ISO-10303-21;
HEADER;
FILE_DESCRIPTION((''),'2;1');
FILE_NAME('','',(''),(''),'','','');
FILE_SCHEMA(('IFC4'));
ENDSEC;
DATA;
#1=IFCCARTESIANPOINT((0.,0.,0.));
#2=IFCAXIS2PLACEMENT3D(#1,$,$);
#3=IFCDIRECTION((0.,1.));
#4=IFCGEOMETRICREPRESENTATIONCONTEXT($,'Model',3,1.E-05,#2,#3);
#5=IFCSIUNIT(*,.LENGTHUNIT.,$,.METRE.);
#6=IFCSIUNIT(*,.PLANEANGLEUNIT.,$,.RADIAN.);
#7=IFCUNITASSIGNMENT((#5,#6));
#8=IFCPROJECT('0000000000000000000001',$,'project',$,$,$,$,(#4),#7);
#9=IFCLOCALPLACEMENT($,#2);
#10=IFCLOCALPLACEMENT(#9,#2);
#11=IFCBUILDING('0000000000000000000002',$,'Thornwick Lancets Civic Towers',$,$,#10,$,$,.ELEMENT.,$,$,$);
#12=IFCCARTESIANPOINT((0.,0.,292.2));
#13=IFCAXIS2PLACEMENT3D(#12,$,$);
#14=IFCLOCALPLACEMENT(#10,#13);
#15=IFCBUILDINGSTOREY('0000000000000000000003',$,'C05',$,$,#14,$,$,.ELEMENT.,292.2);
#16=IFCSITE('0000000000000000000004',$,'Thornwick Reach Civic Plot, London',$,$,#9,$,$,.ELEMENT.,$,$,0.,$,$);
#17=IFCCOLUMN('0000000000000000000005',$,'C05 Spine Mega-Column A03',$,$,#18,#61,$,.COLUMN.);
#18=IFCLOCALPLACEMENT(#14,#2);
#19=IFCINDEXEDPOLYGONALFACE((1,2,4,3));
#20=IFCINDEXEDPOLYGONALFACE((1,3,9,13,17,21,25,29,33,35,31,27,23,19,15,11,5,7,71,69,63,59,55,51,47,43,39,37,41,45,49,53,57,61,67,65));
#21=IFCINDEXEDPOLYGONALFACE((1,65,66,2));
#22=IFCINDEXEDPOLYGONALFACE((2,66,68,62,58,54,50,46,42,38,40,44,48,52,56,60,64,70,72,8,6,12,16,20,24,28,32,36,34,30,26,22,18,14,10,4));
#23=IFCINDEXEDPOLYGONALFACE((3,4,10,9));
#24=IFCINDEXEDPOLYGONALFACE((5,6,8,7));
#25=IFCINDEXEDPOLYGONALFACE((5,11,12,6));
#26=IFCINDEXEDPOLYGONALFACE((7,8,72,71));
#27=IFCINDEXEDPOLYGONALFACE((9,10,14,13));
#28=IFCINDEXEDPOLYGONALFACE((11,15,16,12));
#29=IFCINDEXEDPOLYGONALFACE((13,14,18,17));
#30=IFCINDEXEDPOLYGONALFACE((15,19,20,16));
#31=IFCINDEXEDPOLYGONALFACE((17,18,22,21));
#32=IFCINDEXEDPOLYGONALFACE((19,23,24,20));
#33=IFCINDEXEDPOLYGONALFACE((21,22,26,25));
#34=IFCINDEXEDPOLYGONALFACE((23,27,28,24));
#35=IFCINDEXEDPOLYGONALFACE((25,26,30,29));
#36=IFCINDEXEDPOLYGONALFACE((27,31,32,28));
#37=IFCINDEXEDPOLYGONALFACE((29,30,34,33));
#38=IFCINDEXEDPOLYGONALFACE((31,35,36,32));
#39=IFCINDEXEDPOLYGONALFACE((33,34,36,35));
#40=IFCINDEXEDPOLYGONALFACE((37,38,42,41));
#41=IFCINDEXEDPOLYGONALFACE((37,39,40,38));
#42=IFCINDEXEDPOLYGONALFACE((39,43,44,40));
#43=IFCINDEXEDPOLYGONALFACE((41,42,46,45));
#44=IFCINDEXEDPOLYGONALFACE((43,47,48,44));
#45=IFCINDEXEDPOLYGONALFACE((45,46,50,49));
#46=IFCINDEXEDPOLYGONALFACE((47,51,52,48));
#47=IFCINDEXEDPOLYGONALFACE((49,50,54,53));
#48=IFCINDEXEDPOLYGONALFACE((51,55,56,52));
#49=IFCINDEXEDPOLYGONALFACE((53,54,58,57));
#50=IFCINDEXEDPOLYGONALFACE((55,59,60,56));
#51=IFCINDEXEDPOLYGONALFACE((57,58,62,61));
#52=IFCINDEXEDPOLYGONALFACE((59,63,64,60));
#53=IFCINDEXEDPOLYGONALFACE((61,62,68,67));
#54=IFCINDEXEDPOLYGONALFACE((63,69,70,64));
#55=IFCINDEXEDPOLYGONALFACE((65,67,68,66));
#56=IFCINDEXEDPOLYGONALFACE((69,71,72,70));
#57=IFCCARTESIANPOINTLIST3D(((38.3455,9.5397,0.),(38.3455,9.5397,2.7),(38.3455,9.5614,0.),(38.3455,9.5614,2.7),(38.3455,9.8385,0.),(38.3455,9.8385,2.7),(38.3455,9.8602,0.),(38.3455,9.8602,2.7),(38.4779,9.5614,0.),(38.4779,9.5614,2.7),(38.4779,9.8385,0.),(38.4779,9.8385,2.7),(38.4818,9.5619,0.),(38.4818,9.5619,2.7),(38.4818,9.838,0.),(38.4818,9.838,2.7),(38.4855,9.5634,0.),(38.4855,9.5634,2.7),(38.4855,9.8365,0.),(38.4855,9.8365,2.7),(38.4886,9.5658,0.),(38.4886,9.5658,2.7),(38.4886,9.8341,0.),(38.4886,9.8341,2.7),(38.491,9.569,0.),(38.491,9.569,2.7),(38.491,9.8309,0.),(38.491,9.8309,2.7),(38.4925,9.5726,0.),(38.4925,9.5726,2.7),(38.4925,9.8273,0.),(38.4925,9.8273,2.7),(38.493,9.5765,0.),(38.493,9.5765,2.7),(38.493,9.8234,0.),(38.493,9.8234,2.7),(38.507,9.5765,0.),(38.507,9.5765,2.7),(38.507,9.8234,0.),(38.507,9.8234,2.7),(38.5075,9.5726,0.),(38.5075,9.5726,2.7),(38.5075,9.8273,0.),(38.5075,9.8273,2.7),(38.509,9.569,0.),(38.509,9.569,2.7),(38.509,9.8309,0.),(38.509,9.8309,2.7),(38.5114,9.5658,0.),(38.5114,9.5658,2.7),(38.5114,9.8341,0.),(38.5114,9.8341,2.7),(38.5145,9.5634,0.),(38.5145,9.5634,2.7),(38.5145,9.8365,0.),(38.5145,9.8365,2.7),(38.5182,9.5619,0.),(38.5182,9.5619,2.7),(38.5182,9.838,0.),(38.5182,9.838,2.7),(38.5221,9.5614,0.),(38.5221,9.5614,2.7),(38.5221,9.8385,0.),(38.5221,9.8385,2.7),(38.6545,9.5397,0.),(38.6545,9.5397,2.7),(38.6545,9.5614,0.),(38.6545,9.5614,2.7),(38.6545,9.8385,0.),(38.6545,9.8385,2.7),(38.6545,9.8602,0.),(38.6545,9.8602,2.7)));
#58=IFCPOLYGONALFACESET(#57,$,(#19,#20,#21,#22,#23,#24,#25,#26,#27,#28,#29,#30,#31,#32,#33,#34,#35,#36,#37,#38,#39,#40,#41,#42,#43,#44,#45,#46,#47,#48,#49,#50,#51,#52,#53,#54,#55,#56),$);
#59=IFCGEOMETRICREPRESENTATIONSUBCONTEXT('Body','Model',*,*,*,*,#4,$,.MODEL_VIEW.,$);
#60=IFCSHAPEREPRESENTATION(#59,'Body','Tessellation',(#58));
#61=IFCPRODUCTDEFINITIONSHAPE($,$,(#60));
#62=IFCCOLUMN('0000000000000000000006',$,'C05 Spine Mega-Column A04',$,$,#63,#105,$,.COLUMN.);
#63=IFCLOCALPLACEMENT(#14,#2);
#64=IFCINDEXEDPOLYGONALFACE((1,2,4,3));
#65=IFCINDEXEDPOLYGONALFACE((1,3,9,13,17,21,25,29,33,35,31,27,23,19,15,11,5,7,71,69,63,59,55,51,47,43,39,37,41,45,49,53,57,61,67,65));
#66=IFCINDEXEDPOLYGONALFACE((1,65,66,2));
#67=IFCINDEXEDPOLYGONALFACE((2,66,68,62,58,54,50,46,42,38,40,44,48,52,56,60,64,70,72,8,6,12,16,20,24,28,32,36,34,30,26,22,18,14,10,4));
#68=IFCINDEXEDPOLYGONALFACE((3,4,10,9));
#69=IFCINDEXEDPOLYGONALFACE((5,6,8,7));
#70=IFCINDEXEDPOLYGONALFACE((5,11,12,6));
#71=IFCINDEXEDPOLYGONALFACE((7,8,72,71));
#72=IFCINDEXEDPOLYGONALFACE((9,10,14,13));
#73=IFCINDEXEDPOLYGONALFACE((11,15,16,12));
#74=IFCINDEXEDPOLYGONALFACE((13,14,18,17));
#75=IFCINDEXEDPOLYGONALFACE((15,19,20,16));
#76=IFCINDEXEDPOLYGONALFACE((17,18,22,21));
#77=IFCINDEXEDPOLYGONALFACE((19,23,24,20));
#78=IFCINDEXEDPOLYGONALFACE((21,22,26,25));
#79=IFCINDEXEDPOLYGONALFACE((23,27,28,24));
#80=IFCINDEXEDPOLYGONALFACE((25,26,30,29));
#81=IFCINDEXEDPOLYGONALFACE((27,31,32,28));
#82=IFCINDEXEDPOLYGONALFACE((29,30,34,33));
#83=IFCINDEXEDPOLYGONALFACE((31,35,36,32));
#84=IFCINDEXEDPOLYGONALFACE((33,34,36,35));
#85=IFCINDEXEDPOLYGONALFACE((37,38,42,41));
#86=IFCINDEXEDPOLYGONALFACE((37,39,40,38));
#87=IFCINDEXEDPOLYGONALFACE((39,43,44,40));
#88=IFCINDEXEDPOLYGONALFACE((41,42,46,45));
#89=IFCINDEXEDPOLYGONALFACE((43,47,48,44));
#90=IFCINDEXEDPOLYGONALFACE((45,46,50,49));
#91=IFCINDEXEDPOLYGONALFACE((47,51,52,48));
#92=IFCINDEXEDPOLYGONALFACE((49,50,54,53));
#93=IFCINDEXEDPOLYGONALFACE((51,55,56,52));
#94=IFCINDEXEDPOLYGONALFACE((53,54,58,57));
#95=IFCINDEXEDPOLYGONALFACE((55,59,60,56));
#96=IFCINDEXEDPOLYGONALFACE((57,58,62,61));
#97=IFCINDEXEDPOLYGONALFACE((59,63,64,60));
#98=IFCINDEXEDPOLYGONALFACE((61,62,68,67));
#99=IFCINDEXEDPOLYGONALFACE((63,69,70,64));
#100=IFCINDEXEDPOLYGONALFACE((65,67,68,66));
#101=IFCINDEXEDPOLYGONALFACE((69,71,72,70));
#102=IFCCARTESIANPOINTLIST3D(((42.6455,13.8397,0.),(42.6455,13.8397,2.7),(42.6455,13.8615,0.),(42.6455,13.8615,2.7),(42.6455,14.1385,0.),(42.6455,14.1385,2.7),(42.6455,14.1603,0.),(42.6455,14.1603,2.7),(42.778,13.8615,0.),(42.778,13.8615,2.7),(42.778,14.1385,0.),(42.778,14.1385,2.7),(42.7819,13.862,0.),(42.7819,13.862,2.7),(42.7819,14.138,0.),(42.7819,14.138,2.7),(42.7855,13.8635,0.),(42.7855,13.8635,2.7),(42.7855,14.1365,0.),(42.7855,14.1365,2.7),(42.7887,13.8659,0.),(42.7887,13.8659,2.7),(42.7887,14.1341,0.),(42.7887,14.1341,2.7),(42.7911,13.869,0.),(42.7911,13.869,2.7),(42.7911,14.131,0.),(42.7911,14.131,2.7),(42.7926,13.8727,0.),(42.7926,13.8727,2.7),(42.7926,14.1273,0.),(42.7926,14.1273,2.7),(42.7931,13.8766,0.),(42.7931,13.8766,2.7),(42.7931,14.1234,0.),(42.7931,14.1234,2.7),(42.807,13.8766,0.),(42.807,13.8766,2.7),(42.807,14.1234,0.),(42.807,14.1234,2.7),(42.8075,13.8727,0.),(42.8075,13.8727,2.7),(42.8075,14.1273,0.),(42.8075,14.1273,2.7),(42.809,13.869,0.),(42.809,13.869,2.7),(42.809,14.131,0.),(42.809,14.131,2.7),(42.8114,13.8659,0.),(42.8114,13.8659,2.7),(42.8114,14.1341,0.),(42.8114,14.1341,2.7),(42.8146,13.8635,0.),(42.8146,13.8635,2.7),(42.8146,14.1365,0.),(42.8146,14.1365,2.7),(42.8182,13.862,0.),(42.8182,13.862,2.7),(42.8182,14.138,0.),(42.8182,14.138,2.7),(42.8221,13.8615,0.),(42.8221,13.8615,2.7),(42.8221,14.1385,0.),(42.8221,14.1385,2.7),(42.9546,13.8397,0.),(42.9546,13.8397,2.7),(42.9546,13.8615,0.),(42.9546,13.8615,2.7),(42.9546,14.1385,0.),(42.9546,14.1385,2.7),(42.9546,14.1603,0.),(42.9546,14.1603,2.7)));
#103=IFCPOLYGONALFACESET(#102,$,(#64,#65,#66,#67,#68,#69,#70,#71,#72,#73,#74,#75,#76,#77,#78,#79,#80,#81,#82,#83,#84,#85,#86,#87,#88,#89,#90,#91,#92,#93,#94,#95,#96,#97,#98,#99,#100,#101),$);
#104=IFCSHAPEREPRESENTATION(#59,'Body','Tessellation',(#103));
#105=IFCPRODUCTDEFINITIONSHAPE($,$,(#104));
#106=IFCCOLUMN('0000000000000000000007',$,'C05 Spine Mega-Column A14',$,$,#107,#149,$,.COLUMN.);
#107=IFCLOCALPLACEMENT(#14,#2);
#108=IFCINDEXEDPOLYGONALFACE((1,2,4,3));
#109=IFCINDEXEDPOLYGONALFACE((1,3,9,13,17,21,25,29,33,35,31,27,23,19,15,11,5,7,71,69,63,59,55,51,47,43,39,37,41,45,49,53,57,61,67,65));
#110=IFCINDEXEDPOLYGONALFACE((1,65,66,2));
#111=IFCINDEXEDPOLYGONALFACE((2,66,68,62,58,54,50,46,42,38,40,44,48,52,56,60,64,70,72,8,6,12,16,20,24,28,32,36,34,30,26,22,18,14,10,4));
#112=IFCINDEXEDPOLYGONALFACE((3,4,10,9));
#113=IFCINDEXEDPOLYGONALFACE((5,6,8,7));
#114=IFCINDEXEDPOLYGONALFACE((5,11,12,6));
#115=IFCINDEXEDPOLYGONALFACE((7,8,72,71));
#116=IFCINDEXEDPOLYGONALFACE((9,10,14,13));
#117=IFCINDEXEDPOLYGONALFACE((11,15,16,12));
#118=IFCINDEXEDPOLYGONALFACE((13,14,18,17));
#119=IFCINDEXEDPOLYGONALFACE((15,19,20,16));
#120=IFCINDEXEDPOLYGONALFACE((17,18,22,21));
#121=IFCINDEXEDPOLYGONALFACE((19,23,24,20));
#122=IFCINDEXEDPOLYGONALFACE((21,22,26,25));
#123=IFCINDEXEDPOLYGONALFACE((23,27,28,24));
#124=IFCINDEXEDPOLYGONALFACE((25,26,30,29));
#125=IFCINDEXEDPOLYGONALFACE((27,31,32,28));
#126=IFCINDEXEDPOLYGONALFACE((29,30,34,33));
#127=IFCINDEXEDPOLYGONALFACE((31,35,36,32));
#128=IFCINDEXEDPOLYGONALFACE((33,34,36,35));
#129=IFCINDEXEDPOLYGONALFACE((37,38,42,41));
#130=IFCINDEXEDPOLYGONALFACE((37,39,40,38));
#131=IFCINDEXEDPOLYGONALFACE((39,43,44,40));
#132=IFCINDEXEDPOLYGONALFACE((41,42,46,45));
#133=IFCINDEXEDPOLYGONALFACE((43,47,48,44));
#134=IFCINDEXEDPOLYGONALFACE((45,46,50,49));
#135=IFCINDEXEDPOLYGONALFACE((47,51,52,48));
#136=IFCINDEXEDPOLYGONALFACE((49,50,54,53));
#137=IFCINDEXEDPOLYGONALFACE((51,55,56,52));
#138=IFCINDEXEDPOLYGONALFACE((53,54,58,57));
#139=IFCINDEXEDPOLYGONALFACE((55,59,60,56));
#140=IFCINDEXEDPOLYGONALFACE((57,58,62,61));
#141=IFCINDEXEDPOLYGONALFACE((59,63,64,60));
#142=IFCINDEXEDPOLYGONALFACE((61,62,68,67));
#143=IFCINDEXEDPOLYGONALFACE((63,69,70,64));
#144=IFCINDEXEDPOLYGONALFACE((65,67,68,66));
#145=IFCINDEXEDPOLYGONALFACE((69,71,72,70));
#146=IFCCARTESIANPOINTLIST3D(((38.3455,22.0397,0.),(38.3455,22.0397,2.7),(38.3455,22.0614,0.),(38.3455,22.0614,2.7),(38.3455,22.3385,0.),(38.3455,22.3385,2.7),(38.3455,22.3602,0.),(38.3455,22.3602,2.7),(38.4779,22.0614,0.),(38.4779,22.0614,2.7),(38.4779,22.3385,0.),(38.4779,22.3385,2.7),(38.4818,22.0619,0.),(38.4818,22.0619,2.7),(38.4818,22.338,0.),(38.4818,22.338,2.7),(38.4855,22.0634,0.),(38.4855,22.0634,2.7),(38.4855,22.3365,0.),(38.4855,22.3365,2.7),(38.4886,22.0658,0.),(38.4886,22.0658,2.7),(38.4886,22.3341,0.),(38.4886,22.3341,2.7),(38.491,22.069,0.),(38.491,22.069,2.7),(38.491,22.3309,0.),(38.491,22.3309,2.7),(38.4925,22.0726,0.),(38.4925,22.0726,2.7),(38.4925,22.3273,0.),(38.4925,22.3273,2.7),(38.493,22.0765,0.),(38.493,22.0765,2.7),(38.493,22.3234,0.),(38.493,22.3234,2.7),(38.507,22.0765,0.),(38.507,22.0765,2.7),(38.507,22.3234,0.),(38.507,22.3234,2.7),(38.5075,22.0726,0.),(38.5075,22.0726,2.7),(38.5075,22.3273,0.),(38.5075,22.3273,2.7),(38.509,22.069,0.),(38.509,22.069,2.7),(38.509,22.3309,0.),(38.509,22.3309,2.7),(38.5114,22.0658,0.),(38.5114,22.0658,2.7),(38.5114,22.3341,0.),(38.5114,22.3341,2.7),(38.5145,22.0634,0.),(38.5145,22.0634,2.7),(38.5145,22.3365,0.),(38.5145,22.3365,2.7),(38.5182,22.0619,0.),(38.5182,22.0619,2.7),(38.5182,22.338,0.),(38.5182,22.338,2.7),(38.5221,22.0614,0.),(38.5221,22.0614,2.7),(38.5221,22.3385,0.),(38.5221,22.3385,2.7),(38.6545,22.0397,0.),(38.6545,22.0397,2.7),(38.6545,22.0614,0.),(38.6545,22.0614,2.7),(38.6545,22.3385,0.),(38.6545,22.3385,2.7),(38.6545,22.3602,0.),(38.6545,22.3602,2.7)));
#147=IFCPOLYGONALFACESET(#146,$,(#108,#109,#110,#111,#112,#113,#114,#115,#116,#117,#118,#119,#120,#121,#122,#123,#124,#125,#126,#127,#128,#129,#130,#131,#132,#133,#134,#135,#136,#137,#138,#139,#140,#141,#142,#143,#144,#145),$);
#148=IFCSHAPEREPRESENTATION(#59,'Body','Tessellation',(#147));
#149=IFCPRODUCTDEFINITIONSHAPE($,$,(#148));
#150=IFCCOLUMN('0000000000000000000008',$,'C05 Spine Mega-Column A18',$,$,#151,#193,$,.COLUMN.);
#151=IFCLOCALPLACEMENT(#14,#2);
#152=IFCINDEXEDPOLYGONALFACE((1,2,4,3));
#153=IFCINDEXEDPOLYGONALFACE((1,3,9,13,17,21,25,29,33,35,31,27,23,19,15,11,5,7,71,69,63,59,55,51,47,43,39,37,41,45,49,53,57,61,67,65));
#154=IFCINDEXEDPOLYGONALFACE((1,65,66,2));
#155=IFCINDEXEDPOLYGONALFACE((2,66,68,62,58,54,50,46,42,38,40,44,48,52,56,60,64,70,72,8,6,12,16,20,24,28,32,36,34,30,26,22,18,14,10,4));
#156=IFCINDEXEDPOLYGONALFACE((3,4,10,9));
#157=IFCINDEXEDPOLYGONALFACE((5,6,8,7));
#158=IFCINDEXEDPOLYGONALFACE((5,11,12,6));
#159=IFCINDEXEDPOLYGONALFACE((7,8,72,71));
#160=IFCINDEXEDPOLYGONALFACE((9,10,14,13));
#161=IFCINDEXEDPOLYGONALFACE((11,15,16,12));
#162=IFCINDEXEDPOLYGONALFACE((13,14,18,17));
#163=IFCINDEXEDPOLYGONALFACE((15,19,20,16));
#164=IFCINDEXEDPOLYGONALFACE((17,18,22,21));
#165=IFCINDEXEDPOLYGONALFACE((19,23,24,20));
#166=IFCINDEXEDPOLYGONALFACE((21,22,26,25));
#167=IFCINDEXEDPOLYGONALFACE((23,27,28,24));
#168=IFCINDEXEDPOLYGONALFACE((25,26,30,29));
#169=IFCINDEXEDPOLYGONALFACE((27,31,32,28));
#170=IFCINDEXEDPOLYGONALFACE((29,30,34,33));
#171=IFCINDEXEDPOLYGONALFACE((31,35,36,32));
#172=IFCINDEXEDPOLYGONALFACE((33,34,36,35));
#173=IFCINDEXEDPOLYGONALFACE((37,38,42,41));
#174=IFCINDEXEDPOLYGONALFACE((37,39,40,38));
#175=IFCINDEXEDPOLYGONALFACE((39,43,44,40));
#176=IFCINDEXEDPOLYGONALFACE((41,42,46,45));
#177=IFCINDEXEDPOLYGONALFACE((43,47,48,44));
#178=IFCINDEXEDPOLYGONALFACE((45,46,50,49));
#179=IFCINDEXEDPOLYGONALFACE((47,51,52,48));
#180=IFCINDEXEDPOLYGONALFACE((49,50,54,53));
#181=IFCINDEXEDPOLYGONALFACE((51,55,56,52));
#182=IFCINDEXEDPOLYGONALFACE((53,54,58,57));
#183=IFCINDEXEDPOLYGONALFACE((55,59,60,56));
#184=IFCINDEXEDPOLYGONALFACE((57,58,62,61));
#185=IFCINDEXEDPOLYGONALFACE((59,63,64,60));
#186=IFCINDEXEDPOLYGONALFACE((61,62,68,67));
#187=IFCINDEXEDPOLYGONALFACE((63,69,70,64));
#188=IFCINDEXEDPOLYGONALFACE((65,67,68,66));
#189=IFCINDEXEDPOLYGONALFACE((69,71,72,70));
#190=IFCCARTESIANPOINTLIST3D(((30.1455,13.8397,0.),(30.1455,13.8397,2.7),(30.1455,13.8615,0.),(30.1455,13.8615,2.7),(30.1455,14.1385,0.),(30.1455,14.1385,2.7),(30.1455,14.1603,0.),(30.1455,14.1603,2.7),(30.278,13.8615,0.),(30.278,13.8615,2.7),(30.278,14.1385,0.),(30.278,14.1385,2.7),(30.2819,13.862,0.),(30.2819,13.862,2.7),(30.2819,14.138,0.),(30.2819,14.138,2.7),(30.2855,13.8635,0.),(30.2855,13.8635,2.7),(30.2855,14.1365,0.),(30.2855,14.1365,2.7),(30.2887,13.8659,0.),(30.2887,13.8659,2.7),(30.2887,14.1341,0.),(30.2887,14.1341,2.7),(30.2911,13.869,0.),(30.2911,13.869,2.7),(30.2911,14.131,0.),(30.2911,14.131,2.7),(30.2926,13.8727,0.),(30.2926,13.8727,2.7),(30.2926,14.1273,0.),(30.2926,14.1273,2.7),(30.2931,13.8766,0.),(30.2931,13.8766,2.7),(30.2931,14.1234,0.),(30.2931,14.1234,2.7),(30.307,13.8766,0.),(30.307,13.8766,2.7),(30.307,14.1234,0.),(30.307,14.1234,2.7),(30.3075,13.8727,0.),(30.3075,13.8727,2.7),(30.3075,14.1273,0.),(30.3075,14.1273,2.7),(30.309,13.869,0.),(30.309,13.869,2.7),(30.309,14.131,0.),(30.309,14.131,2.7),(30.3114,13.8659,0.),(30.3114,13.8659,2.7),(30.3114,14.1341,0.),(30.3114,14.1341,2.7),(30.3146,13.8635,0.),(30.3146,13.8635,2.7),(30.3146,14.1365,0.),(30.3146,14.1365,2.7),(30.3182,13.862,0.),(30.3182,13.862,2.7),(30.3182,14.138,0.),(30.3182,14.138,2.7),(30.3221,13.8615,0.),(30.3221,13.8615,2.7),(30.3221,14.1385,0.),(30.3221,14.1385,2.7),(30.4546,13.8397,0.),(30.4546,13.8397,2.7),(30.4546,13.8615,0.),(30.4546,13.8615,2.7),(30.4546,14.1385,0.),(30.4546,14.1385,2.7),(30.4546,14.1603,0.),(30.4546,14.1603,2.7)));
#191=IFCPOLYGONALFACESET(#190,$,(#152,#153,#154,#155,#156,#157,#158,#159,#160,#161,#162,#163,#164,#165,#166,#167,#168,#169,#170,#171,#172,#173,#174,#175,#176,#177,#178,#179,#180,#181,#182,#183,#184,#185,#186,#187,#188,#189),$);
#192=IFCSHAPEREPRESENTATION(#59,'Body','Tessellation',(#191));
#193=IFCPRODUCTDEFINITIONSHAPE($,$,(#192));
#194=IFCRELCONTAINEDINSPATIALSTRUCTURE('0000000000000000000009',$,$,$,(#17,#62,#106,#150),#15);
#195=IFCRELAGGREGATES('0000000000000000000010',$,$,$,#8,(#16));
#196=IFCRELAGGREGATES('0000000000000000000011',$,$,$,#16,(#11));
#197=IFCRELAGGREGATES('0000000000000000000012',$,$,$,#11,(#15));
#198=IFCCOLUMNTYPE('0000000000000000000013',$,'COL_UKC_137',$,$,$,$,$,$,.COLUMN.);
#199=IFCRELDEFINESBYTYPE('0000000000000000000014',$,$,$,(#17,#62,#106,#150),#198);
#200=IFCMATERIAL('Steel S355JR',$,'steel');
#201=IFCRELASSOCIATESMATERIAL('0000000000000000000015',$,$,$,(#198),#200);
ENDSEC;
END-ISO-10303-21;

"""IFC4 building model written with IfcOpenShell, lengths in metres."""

from ifc_helpers import new_model, si_unit, direction, frame, origin, origin_2d, place, context, subcontext, project, spatial, i_section, extrude, material, material_profile, profile_set, type_object, element, save


model = new_model("IFC4")

# Units and contexts
model_context = context("Model", 3, precision=1e-05, world=origin(), true_north=direction((0.0, 1.0)))
body_context = subcontext(model_context, "Body", "Model", "MODEL_VIEW")
ifc_project = project(units=[si_unit("LENGTHUNIT", "METRE"), si_unit("PLANEANGLEUNIT", "RADIAN")], contexts=[model_context])

# Site, building, storey
site_placement = place(None, origin())
site = spatial("IfcSite", under=ifc_project, at=site_placement, Name="Thornwick Reach Civic Plot, London", CompositionType="ELEMENT", RefElevation=0.0)
building_placement = place(site_placement, origin())
building = spatial("IfcBuilding", under=site, at=building_placement, Name="Thornwick Lancets Civic Towers", CompositionType="ELEMENT")
storey_placement = place(building_placement, frame((0.0, 0.0, 292.2)))
storey = spatial("IfcBuildingStorey", under=building, at=storey_placement, Name="C05", CompositionType="ELEMENT", Elevation=292.2)

# Columns
ifc_material_1 = material(Name="Steel S355JR", Category="steel")
ifc_material_profile_1 = material_profile(ifc_material_1, i_section(OverallWidth=0.3091, OverallDepth=0.3206, WebThickness=0.0139, FlangeThickness=0.0217, FilletRadius=0.0151, at=origin_2d()), Name="UKC 305x305x137")
ifc_profile_set_1 = profile_set([ifc_material_profile_1], Name="Steel S355JR")
column_type_1 = type_object("IfcColumnType", Name="COL_UKC_137", PredefinedType="COLUMN", material=ifc_profile_set_1)
for number, where, z_axis, x_axis, name in (
    (1, (38.5, 9.7, 0.0), (0.0, 0.0, 1.0), (1.0, 0.0, 0.0), "C05 Spine Mega-Column A03"),
    (2, (42.8, 14.0, 0.0), (0.0, 0.0, 1.0), (1.0, 0.0, 0.0), "C05 Spine Mega-Column A04"),
    (3, (38.5, 22.2, 0.0), (0.0, 0.0, 1.0), (1.0, 0.0, 0.0), "C05 Spine Mega-Column A14"),
    (4, (30.3, 14.0, 0.0), (0.0, 0.0, 1.0), (1.0, 0.0, 0.0), "C05 Spine Mega-Column A18"),
):
    element("IfcColumn", number, at=place(storey_placement, frame(where, z_axis=z_axis, x_axis=x_axis)), inside=storey, type_object=column_type_1, Name=name, PredefinedType="COLUMN", context=body_context, shape_type="SweptSolid", body=[
        extrude(i_section(OverallWidth=0.3091, OverallDepth=0.3206, WebThickness=0.0139, FlangeThickness=0.0217, FilletRadius=0.0151, at=origin_2d()), origin(), (0.0, 0.0, 1.0), 2.7),
    ])

save(model, "model.ifc")
